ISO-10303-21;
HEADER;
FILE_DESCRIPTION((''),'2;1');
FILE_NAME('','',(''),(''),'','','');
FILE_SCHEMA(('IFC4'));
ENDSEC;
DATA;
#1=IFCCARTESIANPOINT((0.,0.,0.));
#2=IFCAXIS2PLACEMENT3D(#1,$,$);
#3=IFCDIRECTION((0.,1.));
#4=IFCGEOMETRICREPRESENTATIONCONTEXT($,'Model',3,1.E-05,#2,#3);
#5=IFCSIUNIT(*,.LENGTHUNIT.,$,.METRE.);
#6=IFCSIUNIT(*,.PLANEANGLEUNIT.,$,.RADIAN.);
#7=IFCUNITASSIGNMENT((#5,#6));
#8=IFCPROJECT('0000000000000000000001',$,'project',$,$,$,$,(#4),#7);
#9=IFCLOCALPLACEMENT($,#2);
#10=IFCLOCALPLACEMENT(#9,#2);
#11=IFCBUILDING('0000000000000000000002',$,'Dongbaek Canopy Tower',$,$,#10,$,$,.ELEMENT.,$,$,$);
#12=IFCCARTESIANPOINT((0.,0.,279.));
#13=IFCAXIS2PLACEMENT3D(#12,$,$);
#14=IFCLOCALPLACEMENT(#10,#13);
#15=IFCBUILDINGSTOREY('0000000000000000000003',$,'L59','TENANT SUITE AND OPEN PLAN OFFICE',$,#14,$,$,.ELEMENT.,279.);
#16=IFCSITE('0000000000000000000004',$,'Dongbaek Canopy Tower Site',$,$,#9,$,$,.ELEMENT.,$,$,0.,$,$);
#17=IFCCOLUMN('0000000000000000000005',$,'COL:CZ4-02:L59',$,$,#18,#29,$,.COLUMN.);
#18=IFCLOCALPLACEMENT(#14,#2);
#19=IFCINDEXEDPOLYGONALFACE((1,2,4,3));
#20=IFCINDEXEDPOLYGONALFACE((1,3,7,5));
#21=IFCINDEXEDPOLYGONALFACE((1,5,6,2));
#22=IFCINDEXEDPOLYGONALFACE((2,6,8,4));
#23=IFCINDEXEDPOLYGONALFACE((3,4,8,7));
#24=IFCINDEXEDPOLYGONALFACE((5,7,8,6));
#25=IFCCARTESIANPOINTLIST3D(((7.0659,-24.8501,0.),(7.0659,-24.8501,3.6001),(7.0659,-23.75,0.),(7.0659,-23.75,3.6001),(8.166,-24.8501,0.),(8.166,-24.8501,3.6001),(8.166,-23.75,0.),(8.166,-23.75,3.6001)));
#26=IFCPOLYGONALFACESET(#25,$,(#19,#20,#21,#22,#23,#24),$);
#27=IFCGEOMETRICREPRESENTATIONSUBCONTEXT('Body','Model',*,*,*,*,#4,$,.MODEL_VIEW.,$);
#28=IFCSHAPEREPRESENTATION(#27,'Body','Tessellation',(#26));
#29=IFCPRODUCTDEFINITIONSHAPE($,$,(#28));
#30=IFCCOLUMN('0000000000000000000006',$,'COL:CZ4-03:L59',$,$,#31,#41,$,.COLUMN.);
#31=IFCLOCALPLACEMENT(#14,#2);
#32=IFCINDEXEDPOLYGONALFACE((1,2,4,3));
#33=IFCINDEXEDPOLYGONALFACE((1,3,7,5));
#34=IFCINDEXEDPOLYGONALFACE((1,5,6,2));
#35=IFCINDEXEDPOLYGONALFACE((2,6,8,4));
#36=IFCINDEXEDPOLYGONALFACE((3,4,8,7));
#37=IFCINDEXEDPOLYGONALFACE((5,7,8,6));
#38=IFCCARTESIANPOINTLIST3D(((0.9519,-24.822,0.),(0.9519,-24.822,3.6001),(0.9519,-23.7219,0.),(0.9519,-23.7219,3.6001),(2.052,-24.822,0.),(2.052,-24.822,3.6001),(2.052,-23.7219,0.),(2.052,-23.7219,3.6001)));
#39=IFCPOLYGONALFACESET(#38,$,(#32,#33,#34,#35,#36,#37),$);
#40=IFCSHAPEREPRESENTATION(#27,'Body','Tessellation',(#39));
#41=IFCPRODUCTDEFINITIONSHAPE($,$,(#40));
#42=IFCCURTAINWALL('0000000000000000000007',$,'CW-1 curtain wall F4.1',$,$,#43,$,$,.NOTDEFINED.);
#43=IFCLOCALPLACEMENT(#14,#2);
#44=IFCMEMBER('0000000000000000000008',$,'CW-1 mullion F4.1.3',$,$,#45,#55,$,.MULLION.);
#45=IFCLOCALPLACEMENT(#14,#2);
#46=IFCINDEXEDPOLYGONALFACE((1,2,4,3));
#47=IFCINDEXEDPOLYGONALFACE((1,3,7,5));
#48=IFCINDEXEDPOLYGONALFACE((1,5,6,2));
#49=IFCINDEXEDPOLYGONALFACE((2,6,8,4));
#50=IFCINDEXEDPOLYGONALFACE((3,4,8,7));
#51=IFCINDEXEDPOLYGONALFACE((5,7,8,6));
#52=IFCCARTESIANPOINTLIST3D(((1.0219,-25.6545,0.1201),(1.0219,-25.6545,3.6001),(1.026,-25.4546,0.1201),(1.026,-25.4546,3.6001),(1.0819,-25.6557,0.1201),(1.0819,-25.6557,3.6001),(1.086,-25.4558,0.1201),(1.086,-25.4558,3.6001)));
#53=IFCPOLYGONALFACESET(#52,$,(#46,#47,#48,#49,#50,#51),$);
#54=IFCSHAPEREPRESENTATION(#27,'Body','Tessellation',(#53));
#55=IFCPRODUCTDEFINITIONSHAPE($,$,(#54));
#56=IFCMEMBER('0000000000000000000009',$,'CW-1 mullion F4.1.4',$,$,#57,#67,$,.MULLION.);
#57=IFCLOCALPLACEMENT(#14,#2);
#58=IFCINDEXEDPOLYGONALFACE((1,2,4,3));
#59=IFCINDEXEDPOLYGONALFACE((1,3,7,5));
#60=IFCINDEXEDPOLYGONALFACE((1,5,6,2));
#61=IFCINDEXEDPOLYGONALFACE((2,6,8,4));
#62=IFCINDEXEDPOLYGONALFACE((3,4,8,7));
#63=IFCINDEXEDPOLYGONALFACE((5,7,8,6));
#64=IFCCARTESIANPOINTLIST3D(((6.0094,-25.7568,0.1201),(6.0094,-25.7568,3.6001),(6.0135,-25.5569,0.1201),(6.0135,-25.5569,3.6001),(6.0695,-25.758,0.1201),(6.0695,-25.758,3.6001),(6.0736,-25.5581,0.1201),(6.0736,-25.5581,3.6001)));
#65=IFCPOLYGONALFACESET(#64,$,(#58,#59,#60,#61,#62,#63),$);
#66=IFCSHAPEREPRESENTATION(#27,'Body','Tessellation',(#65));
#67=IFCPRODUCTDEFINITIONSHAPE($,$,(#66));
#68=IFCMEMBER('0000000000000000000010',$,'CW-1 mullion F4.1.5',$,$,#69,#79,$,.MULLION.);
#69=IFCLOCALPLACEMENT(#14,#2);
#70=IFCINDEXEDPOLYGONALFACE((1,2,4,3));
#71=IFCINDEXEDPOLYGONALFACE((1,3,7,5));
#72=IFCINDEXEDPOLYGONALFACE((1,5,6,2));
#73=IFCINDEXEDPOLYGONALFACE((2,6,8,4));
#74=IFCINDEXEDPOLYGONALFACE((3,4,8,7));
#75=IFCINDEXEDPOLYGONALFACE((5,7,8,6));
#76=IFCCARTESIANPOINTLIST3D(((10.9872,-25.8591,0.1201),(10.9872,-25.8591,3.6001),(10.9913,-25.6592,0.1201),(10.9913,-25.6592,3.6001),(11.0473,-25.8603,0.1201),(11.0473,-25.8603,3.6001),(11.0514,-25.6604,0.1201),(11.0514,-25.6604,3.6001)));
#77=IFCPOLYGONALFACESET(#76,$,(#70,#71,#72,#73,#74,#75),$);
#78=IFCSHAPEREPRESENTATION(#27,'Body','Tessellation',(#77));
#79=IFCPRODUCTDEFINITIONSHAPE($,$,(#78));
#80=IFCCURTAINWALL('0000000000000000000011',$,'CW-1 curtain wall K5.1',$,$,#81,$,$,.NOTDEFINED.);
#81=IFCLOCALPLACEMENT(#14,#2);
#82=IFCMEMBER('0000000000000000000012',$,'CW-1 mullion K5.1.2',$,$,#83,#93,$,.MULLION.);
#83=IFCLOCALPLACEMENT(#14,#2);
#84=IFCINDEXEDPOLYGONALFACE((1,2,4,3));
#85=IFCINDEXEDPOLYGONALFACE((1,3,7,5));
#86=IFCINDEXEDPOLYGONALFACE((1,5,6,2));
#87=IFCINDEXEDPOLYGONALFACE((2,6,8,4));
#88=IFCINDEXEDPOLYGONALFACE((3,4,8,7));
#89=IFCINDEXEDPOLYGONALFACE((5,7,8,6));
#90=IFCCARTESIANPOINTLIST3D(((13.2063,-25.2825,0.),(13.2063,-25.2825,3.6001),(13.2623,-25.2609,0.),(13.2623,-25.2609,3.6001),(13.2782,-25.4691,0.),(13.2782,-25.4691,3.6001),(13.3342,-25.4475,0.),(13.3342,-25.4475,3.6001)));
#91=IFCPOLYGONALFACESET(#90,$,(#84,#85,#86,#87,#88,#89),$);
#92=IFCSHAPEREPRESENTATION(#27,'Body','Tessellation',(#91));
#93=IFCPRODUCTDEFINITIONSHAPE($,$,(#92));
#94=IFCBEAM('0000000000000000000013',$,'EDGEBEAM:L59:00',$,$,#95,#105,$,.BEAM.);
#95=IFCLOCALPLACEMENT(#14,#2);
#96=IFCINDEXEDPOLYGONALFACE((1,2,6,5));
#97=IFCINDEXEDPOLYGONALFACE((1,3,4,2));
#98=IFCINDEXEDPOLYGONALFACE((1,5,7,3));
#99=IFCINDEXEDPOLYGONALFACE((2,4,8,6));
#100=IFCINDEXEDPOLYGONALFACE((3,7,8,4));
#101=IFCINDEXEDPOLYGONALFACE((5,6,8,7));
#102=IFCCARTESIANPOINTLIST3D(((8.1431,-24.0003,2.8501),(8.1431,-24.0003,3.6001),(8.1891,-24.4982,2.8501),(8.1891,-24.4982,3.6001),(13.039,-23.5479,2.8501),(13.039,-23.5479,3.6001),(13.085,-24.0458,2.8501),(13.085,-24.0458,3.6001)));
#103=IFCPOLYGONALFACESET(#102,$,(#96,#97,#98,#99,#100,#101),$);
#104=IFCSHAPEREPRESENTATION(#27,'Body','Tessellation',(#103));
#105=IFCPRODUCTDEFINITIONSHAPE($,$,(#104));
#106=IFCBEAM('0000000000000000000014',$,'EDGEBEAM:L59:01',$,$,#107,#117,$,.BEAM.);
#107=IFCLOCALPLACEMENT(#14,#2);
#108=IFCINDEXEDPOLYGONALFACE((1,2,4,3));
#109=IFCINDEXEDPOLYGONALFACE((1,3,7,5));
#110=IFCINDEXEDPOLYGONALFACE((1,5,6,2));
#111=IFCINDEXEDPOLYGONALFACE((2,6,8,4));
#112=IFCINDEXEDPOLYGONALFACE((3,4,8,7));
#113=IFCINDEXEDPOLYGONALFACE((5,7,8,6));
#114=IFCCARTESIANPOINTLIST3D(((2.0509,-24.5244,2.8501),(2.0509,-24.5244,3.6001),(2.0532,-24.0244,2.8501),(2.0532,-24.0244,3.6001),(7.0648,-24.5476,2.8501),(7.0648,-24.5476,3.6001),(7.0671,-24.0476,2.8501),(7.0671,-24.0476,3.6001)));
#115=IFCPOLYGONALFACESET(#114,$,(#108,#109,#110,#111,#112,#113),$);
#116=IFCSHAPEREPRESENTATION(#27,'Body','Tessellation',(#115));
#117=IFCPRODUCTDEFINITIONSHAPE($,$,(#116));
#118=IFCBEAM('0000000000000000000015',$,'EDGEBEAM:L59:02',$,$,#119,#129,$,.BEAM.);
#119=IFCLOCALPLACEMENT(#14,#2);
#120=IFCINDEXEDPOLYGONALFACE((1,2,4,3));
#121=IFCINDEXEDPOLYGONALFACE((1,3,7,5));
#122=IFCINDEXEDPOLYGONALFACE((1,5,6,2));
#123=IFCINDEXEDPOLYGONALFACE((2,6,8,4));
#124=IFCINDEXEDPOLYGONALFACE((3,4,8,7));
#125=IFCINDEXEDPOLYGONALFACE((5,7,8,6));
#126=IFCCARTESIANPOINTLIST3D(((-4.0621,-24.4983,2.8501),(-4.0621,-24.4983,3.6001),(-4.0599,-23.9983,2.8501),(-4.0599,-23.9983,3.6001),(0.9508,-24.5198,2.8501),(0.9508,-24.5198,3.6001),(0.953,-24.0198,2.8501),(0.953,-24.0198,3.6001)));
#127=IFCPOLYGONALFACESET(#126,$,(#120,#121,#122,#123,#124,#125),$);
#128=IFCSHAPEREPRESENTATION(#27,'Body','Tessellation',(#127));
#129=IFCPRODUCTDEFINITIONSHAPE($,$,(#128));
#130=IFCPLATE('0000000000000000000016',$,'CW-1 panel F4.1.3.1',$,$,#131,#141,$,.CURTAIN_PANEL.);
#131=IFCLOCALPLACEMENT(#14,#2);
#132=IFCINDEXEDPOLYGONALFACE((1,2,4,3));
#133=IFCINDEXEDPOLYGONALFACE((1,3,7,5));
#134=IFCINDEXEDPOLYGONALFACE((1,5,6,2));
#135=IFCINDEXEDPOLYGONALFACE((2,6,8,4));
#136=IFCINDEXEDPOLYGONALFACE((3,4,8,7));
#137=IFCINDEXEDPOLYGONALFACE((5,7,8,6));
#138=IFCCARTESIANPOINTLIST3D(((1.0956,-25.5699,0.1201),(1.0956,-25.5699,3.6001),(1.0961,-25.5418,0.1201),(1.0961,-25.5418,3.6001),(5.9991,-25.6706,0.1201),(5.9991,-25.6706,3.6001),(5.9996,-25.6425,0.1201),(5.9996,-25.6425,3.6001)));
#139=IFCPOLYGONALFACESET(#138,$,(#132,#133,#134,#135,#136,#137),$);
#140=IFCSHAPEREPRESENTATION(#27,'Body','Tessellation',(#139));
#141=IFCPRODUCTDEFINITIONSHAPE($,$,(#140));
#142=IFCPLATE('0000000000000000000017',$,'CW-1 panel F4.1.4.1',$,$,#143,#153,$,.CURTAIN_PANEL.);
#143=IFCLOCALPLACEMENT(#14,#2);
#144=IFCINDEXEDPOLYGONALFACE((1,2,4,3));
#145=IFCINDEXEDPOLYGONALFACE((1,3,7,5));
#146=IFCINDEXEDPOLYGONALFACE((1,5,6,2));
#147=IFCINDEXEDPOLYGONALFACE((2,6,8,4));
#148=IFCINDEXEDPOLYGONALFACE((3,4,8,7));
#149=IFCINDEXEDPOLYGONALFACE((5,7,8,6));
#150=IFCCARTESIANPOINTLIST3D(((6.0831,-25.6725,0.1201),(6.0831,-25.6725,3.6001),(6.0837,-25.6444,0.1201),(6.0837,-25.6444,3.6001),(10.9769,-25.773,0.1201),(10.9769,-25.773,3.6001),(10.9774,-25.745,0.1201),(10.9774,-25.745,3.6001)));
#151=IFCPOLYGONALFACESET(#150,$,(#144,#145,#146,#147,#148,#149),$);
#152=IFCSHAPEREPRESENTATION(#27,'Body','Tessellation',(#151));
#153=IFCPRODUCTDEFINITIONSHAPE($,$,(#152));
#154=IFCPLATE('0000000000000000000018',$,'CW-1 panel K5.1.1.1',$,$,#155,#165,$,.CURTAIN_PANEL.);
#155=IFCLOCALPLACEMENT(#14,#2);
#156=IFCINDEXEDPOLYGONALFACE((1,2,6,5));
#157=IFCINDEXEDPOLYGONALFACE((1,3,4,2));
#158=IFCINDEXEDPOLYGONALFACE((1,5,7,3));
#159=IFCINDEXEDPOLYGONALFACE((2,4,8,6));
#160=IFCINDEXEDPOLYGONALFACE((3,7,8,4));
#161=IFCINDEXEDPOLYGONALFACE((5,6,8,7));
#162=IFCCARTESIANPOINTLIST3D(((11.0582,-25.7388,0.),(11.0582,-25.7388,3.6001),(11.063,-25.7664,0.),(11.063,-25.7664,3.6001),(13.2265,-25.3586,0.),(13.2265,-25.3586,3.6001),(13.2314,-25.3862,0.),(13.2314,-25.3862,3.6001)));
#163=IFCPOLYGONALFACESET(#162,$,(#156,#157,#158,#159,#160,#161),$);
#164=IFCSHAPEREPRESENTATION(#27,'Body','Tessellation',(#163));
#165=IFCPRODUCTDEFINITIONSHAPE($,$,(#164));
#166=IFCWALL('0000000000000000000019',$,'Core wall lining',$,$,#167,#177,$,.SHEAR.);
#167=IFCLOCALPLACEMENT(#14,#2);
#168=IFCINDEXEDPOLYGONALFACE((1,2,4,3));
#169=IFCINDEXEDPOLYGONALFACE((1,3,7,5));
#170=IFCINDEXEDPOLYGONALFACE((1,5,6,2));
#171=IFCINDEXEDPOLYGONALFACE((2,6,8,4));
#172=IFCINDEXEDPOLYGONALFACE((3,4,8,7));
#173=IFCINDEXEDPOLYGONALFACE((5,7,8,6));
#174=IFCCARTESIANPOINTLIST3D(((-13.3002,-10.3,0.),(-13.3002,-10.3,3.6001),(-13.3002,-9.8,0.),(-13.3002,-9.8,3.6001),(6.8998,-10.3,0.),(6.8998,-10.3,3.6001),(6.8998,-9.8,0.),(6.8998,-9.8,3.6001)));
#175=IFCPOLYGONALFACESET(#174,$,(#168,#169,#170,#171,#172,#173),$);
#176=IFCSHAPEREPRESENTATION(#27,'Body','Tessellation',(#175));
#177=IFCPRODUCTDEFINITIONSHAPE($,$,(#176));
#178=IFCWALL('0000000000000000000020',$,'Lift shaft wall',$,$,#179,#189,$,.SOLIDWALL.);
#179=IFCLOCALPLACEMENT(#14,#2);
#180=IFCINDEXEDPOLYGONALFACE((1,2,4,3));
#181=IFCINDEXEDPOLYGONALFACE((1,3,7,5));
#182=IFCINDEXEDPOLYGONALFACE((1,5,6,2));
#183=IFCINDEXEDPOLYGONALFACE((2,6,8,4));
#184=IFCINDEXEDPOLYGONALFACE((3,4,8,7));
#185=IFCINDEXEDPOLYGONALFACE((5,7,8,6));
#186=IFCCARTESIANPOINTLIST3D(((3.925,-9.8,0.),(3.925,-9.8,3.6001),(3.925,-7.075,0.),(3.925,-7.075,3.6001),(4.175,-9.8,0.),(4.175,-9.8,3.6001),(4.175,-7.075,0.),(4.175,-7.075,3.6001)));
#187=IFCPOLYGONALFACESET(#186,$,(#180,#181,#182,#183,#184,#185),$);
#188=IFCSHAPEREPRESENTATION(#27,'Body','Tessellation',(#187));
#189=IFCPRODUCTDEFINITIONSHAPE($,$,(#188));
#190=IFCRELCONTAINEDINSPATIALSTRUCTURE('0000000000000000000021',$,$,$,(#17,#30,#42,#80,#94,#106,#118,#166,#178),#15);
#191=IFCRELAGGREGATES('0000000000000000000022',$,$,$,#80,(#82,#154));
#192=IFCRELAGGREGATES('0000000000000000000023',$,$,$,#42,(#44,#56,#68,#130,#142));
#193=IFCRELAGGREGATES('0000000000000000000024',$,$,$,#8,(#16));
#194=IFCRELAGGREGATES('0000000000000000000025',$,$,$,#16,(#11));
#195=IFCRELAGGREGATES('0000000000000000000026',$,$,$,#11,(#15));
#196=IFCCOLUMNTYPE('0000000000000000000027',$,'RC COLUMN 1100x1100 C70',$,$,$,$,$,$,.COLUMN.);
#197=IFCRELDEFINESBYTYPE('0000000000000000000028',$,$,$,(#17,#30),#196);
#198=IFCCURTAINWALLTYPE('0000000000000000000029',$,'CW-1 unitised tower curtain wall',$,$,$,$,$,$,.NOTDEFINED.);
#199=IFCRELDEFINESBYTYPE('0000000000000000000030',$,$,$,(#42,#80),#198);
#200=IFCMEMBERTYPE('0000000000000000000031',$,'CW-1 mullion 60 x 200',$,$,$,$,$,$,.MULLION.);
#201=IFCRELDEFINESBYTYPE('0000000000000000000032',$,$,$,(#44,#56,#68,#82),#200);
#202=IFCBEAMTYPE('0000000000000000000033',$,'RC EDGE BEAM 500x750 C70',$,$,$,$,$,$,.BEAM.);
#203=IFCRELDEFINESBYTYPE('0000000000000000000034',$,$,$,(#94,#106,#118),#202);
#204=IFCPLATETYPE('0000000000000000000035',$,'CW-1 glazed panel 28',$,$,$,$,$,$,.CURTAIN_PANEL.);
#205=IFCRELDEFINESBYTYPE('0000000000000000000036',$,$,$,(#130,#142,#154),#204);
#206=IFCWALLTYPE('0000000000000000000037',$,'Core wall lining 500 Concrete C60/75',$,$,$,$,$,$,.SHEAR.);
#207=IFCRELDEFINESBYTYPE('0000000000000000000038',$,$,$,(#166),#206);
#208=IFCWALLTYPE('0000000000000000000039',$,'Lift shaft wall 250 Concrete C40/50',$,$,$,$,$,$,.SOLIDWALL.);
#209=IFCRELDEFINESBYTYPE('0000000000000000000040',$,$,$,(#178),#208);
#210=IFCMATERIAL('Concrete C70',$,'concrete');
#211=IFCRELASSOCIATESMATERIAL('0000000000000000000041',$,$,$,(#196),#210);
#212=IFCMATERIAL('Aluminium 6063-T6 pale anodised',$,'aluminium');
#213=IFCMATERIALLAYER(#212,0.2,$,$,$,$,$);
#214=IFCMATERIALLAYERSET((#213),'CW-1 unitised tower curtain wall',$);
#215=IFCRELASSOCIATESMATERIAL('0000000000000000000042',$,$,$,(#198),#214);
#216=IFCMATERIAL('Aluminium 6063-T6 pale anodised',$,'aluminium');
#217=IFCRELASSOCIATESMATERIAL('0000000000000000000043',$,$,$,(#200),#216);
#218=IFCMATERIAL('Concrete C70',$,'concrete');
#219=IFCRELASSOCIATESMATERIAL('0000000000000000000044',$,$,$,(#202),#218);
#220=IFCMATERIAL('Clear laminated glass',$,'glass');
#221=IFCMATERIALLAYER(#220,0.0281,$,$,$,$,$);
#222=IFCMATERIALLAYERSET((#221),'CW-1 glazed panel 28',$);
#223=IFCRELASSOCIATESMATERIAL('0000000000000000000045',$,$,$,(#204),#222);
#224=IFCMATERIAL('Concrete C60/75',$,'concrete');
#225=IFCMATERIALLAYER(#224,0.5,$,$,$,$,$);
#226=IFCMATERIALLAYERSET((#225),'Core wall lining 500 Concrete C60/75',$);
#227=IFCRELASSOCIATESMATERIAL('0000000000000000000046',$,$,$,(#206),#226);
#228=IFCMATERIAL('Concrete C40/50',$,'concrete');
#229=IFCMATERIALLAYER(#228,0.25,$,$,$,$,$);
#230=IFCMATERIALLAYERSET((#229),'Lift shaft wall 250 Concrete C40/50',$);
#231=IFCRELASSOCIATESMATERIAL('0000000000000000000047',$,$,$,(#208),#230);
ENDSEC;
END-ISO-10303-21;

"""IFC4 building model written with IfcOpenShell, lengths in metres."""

from ifc_helpers import new_model, si_unit, direction, frame, frame_2d, origin, origin_2d, place, context, subcontext, project, spatial, rectangle, extrude, material, layer, layer_set, material_profile, profile_set, type_object, element, aggregate, save


model = new_model("IFC4")

# Units and contexts
model_context = context("Model", 3, precision=1e-05, world=origin(), true_north=direction((0.0, 1.0)))
body_context = subcontext(model_context, "Body", "Model", "MODEL_VIEW")
ifc_project = project(units=[si_unit("LENGTHUNIT", "METRE"), si_unit("PLANEANGLEUNIT", "RADIAN")], contexts=[model_context])

# Site, building, storey
site_placement = place(None, origin())
site = spatial("IfcSite", under=ifc_project, at=site_placement, Name="Dongbaek Canopy Tower Site", CompositionType="ELEMENT", RefElevation=0.0)
building_placement = place(site_placement, origin())
building = spatial("IfcBuilding", under=site, at=building_placement, Name="Dongbaek Canopy Tower", CompositionType="ELEMENT")
storey_placement = place(building_placement, frame((0.0, 0.0, 279.0)))
storey = spatial("IfcBuildingStorey", under=building, at=storey_placement, Name="L59", Description="TENANT SUITE AND OPEN PLAN OFFICE", CompositionType="ELEMENT", Elevation=279.0)

# Columns
ifc_material_1 = material(Name="Concrete C70", Category="concrete")
ifc_material_profile_1 = material_profile(ifc_material_1, rectangle(XDim=1.1001, YDim=1.1001, at=origin_2d()), Name="RC COLUMN 1100x1100 C70")
ifc_profile_set_1 = profile_set([ifc_material_profile_1], Name="Concrete C70")
column_type = type_object("IfcColumnType", Name="RC COLUMN 1100x1100 C70", PredefinedType="COLUMN", material=ifc_profile_set_1)
for number, where, z_axis, x_axis, name in (
    (1, (7.616, -24.3, 0.0), (0.0, 0.0, 1.0), (1.0, 0.0, 0.0), "COL:CZ4-02:L59"),
    (2, (1.502, -24.272, 0.0), (0.0, 0.0, 1.0), (1.0, 0.0, 0.0), "COL:CZ4-03:L59"),
):
    element("IfcColumn", number, at=place(storey_placement, frame(where, z_axis=z_axis, x_axis=x_axis)), inside=storey, type_object=column_type, Name=name, PredefinedType="COLUMN", context=body_context, shape_type="SweptSolid", body=[
        extrude(rectangle(XDim=1.1001, YDim=1.1001, at=origin_2d()), origin(), (0.0, 0.0, 1.0), 3.6001),
    ])

# Curtain wall, members
ifc_material_2 = material(Name="Aluminium 6063-T6 pale anodised", Category="aluminium")
ifc_layer_1 = layer(ifc_material_2, 0.2)
ifc_layer_set_1 = layer_set([ifc_layer_1], Name="CW-1 unitised tower curtain wall")
curtain_wall_type = type_object("IfcCurtainWallType", Name="CW-1 unitised tower curtain wall", PredefinedType="NOTDEFINED", material=ifc_layer_set_1)
curtain_wall_1_placement = place(storey_placement, origin())
curtain_wall_1 = element("IfcCurtainWall", 3, at=curtain_wall_1_placement, inside=storey, type_object=curtain_wall_type, Name="CW-1 curtain wall F4.1", PredefinedType="NOTDEFINED")
ifc_material_3 = material(Name="Aluminium 6063-T6 pale anodised", Category="aluminium")
ifc_material_profile_2 = material_profile(ifc_material_3, rectangle(XDim=0.2, YDim=0.0601, at=origin_2d()), Name="CW-1 mullion 60 x 200")
ifc_profile_set_2 = profile_set([ifc_material_profile_2], Name="Aluminium 6063-T6 pale anodised")
member_type = type_object("IfcMemberType", Name="CW-1 mullion 60 x 200", PredefinedType="MULLION", material=ifc_profile_set_2)
member_1_placement = place(storey_placement, frame((1.054, -25.5552, 0.1201), z_axis=(0.0, 0.0, 1.0), x_axis=(-0.020537, -0.999789, 0.0)))
member_1 = element("IfcMember", 4, at=member_1_placement, type_object=member_type, Name="CW-1 mullion F4.1.3", PredefinedType="MULLION", context=body_context, shape_type="SweptSolid", body=[
    extrude(rectangle(XDim=0.2, YDim=0.0601, at=origin_2d()), origin(), (0.0, 0.0, 1.0), 3.48),
])
member_2_placement = place(storey_placement, frame((6.0415, -25.6575, 0.1201), z_axis=(0.0, 0.0, 1.0), x_axis=(-0.020537, -0.999789, 0.0)))
member_2 = element("IfcMember", 5, at=member_2_placement, type_object=member_type, Name="CW-1 mullion F4.1.4", PredefinedType="MULLION", context=body_context, shape_type="SweptSolid", body=[
    extrude(rectangle(XDim=0.2, YDim=0.0601, at=origin_2d()), origin(), (0.0, 0.0, 1.0), 3.48),
])
member_3_placement = place(storey_placement, frame((11.0193, -25.7598, 0.1201), z_axis=(0.0, 0.0, 1.0), x_axis=(-0.020537, -0.999789, 0.0)))
member_3 = element("IfcMember", 6, at=member_3_placement, type_object=member_type, Name="CW-1 mullion F4.1.5", PredefinedType="MULLION", context=body_context, shape_type="SweptSolid", body=[
    extrude(rectangle(XDim=0.2, YDim=0.0601, at=origin_2d()), origin(), (0.0, 0.0, 1.0), 3.48),
])

# Curtain wall, member
curtain_wall_2_placement = place(storey_placement, origin())
curtain_wall_2 = element("IfcCurtainWall", 7, at=curtain_wall_2_placement, inside=storey, type_object=curtain_wall_type, Name="CW-1 curtain wall K5.1", PredefinedType="NOTDEFINED")
member_4_placement = place(storey_placement, frame((13.2703, -25.365, 0.0), z_axis=(0.0, 0.0, 1.0), x_axis=(0.359456, -0.933162, 0.0)))
member_4 = element("IfcMember", 8, at=member_4_placement, type_object=member_type, Name="CW-1 mullion K5.1.2", PredefinedType="MULLION", context=body_context, shape_type="SweptSolid", body=[
    extrude(rectangle(XDim=0.2, YDim=0.0601, at=origin_2d()), origin(), (0.0, 0.0, 1.0), 3.6001),
])

# Beams
ifc_material_4 = material(Name="Concrete C70", Category="concrete")
ifc_material_profile_3 = material_profile(ifc_material_4, rectangle(XDim=0.5, YDim=0.75, at=origin_2d()), Name="RC EDGE BEAM 500x750 C70")
ifc_profile_set_3 = profile_set([ifc_material_profile_3], Name="Concrete C70")
beam_type = type_object("IfcBeamType", Name="RC EDGE BEAM 500x750 C70", PredefinedType="BEAM", material=ifc_profile_set_3)
beam_1_placement = place(storey_placement, frame((13.062, -23.7969, 3.2251), z_axis=(-0.995758, -0.092009, 0.0), x_axis=(0.092009, -0.995758, 0.0)))
element("IfcBeam", 9, at=beam_1_placement, inside=storey, type_object=beam_type, Name="EDGEBEAM:L59:00", PredefinedType="BEAM", context=body_context, shape_type="SweptSolid", body=[
    extrude(rectangle(XDim=0.5, YDim=0.75, at=origin_2d()), origin(), (0.0, 0.0, 1.0), 4.9167),
])
beam_2_placement = place(storey_placement, frame((7.0659, -24.2976, 3.2251), z_axis=(-0.999989, 0.004626, 0.0), x_axis=(-0.004626, -0.999989, 0.0)))
element("IfcBeam", 10, at=beam_2_placement, inside=storey, type_object=beam_type, Name="EDGEBEAM:L59:01", PredefinedType="BEAM", context=body_context, shape_type="SweptSolid", body=[
    extrude(rectangle(XDim=0.5, YDim=0.75, at=origin_2d()), origin(), (0.0, 0.0, 1.0), 5.0139),
])
beam_3_placement = place(storey_placement, frame((0.9519, -24.2698, 3.2251), z_axis=(-0.999991, 0.004286, 0.0), x_axis=(-0.004286, -0.999991, 0.0)))
element("IfcBeam", 11, at=beam_3_placement, inside=storey, type_object=beam_type, Name="EDGEBEAM:L59:02", PredefinedType="BEAM", context=body_context, shape_type="SweptSolid", body=[
    extrude(rectangle(XDim=0.5, YDim=0.75, at=origin_2d()), origin(), (0.0, 0.0, 1.0), 5.0129),
])

# Plates
ifc_material_5 = material(Name="Clear laminated glass", Category="glass")
ifc_layer_2 = layer(ifc_material_5, 0.0281)
ifc_layer_set_2 = layer_set([ifc_layer_2], Name="CW-1 glazed panel 28")
plate_type = type_object("IfcPlateType", Name="CW-1 glazed panel 28", PredefinedType="CURTAIN_PANEL", material=ifc_layer_set_2)
plate_1_placement = place(storey_placement, frame((3.5476, -25.6062, 0.1201), z_axis=(0.0, 0.0, 1.0), x_axis=(0.999789, -0.020537, 0.0)))
plate_1 = element("IfcPlate", 12, at=plate_1_placement, type_object=plate_type, Name="CW-1 panel F4.1.3.1", PredefinedType="CURTAIN_PANEL", context=body_context, shape_type="SweptSolid", body=[
    extrude(rectangle(XDim=4.9045, YDim=0.0281, at=origin_2d()), origin(), (0.0, 0.0, 1.0), 3.48),
])
plate_2_placement = place(storey_placement, frame((8.5303, -25.7087, 0.1201), z_axis=(0.0, 0.0, 1.0), x_axis=(0.999789, -0.020537, 0.0)))
plate_2 = element("IfcPlate", 13, at=plate_2_placement, type_object=plate_type, Name="CW-1 panel F4.1.4.1", PredefinedType="CURTAIN_PANEL", context=body_context, shape_type="SweptSolid", body=[
    extrude(rectangle(XDim=4.8948, YDim=0.0281, at=origin_2d()), origin(), (0.0, 0.0, 1.0), 3.48),
])
plate_3_placement = place(storey_placement, frame((12.1448, -25.5625, 0.0), z_axis=(0.0, 0.0, 1.0), x_axis=(0.984974, 0.172703, 0.0)))
plate_3 = element("IfcPlate", 14, at=plate_3_placement, type_object=plate_type, Name="CW-1 panel K5.1.1.1", PredefinedType="CURTAIN_PANEL", context=body_context, shape_type="SweptSolid", body=[
    extrude(rectangle(XDim=2.2014, YDim=0.0281, at=origin_2d()), origin(), (0.0, 0.0, 1.0), 3.6001),
])
aggregate(curtain_wall_2, [member_4, plate_3])

# Walls
ifc_material_6 = material(Name="Concrete C60/75", Category="concrete")
ifc_layer_3 = layer(ifc_material_6, 0.5)
ifc_layer_set_3 = layer_set([ifc_layer_3], Name="Core wall lining 500 Concrete C60/75")
wall_type_1 = type_object("IfcWallType", Name="Core wall lining 500 Concrete C60/75", PredefinedType="SHEAR", material=ifc_layer_set_3)
wall_1_placement = place(storey_placement, frame((6.8999, -10.05, 0.0), z_axis=(0.0, 0.0, 1.0), x_axis=(-1.0, 0.0, 0.0)))
element("IfcWall", 15, at=wall_1_placement, inside=storey, type_object=wall_type_1, Name="Core wall lining", PredefinedType="SHEAR", context=body_context, shape_type="SweptSolid", body=[
    extrude(rectangle(XDim=20.2, YDim=0.5, at=frame_2d((10.1001, 0.0))), origin(), (0.0, 0.0, 1.0), 3.6001),
])
ifc_material_7 = material(Name="Concrete C40/50", Category="concrete")
ifc_layer_4 = layer(ifc_material_7, 0.25)
ifc_layer_set_4 = layer_set([ifc_layer_4], Name="Lift shaft wall 250 Concrete C40/50")
wall_type_2 = type_object("IfcWallType", Name="Lift shaft wall 250 Concrete C40/50", PredefinedType="SOLIDWALL", material=ifc_layer_set_4)
for number, where, z_axis, x_axis, name in (
    (16, (4.05, -9.8, 0.0), (0.0, 0.0, 1.0), (0.0, 1.0, 0.0), "Lift shaft wall"),
):
    element("IfcWall", number, at=place(storey_placement, frame(where, z_axis=z_axis, x_axis=x_axis)), inside=storey, type_object=wall_type_2, Name=name, PredefinedType="SOLIDWALL", context=body_context, shape_type="SweptSolid", body=[
        extrude(rectangle(XDim=2.7251, YDim=0.25, at=frame_2d((1.3625, 0.0))), origin(), (0.0, 0.0, 1.0), 3.6001),
    ])

aggregate(curtain_wall_1, [member_1, member_2, member_3, plate_1, plate_2])

save(model, "model.ifc")
